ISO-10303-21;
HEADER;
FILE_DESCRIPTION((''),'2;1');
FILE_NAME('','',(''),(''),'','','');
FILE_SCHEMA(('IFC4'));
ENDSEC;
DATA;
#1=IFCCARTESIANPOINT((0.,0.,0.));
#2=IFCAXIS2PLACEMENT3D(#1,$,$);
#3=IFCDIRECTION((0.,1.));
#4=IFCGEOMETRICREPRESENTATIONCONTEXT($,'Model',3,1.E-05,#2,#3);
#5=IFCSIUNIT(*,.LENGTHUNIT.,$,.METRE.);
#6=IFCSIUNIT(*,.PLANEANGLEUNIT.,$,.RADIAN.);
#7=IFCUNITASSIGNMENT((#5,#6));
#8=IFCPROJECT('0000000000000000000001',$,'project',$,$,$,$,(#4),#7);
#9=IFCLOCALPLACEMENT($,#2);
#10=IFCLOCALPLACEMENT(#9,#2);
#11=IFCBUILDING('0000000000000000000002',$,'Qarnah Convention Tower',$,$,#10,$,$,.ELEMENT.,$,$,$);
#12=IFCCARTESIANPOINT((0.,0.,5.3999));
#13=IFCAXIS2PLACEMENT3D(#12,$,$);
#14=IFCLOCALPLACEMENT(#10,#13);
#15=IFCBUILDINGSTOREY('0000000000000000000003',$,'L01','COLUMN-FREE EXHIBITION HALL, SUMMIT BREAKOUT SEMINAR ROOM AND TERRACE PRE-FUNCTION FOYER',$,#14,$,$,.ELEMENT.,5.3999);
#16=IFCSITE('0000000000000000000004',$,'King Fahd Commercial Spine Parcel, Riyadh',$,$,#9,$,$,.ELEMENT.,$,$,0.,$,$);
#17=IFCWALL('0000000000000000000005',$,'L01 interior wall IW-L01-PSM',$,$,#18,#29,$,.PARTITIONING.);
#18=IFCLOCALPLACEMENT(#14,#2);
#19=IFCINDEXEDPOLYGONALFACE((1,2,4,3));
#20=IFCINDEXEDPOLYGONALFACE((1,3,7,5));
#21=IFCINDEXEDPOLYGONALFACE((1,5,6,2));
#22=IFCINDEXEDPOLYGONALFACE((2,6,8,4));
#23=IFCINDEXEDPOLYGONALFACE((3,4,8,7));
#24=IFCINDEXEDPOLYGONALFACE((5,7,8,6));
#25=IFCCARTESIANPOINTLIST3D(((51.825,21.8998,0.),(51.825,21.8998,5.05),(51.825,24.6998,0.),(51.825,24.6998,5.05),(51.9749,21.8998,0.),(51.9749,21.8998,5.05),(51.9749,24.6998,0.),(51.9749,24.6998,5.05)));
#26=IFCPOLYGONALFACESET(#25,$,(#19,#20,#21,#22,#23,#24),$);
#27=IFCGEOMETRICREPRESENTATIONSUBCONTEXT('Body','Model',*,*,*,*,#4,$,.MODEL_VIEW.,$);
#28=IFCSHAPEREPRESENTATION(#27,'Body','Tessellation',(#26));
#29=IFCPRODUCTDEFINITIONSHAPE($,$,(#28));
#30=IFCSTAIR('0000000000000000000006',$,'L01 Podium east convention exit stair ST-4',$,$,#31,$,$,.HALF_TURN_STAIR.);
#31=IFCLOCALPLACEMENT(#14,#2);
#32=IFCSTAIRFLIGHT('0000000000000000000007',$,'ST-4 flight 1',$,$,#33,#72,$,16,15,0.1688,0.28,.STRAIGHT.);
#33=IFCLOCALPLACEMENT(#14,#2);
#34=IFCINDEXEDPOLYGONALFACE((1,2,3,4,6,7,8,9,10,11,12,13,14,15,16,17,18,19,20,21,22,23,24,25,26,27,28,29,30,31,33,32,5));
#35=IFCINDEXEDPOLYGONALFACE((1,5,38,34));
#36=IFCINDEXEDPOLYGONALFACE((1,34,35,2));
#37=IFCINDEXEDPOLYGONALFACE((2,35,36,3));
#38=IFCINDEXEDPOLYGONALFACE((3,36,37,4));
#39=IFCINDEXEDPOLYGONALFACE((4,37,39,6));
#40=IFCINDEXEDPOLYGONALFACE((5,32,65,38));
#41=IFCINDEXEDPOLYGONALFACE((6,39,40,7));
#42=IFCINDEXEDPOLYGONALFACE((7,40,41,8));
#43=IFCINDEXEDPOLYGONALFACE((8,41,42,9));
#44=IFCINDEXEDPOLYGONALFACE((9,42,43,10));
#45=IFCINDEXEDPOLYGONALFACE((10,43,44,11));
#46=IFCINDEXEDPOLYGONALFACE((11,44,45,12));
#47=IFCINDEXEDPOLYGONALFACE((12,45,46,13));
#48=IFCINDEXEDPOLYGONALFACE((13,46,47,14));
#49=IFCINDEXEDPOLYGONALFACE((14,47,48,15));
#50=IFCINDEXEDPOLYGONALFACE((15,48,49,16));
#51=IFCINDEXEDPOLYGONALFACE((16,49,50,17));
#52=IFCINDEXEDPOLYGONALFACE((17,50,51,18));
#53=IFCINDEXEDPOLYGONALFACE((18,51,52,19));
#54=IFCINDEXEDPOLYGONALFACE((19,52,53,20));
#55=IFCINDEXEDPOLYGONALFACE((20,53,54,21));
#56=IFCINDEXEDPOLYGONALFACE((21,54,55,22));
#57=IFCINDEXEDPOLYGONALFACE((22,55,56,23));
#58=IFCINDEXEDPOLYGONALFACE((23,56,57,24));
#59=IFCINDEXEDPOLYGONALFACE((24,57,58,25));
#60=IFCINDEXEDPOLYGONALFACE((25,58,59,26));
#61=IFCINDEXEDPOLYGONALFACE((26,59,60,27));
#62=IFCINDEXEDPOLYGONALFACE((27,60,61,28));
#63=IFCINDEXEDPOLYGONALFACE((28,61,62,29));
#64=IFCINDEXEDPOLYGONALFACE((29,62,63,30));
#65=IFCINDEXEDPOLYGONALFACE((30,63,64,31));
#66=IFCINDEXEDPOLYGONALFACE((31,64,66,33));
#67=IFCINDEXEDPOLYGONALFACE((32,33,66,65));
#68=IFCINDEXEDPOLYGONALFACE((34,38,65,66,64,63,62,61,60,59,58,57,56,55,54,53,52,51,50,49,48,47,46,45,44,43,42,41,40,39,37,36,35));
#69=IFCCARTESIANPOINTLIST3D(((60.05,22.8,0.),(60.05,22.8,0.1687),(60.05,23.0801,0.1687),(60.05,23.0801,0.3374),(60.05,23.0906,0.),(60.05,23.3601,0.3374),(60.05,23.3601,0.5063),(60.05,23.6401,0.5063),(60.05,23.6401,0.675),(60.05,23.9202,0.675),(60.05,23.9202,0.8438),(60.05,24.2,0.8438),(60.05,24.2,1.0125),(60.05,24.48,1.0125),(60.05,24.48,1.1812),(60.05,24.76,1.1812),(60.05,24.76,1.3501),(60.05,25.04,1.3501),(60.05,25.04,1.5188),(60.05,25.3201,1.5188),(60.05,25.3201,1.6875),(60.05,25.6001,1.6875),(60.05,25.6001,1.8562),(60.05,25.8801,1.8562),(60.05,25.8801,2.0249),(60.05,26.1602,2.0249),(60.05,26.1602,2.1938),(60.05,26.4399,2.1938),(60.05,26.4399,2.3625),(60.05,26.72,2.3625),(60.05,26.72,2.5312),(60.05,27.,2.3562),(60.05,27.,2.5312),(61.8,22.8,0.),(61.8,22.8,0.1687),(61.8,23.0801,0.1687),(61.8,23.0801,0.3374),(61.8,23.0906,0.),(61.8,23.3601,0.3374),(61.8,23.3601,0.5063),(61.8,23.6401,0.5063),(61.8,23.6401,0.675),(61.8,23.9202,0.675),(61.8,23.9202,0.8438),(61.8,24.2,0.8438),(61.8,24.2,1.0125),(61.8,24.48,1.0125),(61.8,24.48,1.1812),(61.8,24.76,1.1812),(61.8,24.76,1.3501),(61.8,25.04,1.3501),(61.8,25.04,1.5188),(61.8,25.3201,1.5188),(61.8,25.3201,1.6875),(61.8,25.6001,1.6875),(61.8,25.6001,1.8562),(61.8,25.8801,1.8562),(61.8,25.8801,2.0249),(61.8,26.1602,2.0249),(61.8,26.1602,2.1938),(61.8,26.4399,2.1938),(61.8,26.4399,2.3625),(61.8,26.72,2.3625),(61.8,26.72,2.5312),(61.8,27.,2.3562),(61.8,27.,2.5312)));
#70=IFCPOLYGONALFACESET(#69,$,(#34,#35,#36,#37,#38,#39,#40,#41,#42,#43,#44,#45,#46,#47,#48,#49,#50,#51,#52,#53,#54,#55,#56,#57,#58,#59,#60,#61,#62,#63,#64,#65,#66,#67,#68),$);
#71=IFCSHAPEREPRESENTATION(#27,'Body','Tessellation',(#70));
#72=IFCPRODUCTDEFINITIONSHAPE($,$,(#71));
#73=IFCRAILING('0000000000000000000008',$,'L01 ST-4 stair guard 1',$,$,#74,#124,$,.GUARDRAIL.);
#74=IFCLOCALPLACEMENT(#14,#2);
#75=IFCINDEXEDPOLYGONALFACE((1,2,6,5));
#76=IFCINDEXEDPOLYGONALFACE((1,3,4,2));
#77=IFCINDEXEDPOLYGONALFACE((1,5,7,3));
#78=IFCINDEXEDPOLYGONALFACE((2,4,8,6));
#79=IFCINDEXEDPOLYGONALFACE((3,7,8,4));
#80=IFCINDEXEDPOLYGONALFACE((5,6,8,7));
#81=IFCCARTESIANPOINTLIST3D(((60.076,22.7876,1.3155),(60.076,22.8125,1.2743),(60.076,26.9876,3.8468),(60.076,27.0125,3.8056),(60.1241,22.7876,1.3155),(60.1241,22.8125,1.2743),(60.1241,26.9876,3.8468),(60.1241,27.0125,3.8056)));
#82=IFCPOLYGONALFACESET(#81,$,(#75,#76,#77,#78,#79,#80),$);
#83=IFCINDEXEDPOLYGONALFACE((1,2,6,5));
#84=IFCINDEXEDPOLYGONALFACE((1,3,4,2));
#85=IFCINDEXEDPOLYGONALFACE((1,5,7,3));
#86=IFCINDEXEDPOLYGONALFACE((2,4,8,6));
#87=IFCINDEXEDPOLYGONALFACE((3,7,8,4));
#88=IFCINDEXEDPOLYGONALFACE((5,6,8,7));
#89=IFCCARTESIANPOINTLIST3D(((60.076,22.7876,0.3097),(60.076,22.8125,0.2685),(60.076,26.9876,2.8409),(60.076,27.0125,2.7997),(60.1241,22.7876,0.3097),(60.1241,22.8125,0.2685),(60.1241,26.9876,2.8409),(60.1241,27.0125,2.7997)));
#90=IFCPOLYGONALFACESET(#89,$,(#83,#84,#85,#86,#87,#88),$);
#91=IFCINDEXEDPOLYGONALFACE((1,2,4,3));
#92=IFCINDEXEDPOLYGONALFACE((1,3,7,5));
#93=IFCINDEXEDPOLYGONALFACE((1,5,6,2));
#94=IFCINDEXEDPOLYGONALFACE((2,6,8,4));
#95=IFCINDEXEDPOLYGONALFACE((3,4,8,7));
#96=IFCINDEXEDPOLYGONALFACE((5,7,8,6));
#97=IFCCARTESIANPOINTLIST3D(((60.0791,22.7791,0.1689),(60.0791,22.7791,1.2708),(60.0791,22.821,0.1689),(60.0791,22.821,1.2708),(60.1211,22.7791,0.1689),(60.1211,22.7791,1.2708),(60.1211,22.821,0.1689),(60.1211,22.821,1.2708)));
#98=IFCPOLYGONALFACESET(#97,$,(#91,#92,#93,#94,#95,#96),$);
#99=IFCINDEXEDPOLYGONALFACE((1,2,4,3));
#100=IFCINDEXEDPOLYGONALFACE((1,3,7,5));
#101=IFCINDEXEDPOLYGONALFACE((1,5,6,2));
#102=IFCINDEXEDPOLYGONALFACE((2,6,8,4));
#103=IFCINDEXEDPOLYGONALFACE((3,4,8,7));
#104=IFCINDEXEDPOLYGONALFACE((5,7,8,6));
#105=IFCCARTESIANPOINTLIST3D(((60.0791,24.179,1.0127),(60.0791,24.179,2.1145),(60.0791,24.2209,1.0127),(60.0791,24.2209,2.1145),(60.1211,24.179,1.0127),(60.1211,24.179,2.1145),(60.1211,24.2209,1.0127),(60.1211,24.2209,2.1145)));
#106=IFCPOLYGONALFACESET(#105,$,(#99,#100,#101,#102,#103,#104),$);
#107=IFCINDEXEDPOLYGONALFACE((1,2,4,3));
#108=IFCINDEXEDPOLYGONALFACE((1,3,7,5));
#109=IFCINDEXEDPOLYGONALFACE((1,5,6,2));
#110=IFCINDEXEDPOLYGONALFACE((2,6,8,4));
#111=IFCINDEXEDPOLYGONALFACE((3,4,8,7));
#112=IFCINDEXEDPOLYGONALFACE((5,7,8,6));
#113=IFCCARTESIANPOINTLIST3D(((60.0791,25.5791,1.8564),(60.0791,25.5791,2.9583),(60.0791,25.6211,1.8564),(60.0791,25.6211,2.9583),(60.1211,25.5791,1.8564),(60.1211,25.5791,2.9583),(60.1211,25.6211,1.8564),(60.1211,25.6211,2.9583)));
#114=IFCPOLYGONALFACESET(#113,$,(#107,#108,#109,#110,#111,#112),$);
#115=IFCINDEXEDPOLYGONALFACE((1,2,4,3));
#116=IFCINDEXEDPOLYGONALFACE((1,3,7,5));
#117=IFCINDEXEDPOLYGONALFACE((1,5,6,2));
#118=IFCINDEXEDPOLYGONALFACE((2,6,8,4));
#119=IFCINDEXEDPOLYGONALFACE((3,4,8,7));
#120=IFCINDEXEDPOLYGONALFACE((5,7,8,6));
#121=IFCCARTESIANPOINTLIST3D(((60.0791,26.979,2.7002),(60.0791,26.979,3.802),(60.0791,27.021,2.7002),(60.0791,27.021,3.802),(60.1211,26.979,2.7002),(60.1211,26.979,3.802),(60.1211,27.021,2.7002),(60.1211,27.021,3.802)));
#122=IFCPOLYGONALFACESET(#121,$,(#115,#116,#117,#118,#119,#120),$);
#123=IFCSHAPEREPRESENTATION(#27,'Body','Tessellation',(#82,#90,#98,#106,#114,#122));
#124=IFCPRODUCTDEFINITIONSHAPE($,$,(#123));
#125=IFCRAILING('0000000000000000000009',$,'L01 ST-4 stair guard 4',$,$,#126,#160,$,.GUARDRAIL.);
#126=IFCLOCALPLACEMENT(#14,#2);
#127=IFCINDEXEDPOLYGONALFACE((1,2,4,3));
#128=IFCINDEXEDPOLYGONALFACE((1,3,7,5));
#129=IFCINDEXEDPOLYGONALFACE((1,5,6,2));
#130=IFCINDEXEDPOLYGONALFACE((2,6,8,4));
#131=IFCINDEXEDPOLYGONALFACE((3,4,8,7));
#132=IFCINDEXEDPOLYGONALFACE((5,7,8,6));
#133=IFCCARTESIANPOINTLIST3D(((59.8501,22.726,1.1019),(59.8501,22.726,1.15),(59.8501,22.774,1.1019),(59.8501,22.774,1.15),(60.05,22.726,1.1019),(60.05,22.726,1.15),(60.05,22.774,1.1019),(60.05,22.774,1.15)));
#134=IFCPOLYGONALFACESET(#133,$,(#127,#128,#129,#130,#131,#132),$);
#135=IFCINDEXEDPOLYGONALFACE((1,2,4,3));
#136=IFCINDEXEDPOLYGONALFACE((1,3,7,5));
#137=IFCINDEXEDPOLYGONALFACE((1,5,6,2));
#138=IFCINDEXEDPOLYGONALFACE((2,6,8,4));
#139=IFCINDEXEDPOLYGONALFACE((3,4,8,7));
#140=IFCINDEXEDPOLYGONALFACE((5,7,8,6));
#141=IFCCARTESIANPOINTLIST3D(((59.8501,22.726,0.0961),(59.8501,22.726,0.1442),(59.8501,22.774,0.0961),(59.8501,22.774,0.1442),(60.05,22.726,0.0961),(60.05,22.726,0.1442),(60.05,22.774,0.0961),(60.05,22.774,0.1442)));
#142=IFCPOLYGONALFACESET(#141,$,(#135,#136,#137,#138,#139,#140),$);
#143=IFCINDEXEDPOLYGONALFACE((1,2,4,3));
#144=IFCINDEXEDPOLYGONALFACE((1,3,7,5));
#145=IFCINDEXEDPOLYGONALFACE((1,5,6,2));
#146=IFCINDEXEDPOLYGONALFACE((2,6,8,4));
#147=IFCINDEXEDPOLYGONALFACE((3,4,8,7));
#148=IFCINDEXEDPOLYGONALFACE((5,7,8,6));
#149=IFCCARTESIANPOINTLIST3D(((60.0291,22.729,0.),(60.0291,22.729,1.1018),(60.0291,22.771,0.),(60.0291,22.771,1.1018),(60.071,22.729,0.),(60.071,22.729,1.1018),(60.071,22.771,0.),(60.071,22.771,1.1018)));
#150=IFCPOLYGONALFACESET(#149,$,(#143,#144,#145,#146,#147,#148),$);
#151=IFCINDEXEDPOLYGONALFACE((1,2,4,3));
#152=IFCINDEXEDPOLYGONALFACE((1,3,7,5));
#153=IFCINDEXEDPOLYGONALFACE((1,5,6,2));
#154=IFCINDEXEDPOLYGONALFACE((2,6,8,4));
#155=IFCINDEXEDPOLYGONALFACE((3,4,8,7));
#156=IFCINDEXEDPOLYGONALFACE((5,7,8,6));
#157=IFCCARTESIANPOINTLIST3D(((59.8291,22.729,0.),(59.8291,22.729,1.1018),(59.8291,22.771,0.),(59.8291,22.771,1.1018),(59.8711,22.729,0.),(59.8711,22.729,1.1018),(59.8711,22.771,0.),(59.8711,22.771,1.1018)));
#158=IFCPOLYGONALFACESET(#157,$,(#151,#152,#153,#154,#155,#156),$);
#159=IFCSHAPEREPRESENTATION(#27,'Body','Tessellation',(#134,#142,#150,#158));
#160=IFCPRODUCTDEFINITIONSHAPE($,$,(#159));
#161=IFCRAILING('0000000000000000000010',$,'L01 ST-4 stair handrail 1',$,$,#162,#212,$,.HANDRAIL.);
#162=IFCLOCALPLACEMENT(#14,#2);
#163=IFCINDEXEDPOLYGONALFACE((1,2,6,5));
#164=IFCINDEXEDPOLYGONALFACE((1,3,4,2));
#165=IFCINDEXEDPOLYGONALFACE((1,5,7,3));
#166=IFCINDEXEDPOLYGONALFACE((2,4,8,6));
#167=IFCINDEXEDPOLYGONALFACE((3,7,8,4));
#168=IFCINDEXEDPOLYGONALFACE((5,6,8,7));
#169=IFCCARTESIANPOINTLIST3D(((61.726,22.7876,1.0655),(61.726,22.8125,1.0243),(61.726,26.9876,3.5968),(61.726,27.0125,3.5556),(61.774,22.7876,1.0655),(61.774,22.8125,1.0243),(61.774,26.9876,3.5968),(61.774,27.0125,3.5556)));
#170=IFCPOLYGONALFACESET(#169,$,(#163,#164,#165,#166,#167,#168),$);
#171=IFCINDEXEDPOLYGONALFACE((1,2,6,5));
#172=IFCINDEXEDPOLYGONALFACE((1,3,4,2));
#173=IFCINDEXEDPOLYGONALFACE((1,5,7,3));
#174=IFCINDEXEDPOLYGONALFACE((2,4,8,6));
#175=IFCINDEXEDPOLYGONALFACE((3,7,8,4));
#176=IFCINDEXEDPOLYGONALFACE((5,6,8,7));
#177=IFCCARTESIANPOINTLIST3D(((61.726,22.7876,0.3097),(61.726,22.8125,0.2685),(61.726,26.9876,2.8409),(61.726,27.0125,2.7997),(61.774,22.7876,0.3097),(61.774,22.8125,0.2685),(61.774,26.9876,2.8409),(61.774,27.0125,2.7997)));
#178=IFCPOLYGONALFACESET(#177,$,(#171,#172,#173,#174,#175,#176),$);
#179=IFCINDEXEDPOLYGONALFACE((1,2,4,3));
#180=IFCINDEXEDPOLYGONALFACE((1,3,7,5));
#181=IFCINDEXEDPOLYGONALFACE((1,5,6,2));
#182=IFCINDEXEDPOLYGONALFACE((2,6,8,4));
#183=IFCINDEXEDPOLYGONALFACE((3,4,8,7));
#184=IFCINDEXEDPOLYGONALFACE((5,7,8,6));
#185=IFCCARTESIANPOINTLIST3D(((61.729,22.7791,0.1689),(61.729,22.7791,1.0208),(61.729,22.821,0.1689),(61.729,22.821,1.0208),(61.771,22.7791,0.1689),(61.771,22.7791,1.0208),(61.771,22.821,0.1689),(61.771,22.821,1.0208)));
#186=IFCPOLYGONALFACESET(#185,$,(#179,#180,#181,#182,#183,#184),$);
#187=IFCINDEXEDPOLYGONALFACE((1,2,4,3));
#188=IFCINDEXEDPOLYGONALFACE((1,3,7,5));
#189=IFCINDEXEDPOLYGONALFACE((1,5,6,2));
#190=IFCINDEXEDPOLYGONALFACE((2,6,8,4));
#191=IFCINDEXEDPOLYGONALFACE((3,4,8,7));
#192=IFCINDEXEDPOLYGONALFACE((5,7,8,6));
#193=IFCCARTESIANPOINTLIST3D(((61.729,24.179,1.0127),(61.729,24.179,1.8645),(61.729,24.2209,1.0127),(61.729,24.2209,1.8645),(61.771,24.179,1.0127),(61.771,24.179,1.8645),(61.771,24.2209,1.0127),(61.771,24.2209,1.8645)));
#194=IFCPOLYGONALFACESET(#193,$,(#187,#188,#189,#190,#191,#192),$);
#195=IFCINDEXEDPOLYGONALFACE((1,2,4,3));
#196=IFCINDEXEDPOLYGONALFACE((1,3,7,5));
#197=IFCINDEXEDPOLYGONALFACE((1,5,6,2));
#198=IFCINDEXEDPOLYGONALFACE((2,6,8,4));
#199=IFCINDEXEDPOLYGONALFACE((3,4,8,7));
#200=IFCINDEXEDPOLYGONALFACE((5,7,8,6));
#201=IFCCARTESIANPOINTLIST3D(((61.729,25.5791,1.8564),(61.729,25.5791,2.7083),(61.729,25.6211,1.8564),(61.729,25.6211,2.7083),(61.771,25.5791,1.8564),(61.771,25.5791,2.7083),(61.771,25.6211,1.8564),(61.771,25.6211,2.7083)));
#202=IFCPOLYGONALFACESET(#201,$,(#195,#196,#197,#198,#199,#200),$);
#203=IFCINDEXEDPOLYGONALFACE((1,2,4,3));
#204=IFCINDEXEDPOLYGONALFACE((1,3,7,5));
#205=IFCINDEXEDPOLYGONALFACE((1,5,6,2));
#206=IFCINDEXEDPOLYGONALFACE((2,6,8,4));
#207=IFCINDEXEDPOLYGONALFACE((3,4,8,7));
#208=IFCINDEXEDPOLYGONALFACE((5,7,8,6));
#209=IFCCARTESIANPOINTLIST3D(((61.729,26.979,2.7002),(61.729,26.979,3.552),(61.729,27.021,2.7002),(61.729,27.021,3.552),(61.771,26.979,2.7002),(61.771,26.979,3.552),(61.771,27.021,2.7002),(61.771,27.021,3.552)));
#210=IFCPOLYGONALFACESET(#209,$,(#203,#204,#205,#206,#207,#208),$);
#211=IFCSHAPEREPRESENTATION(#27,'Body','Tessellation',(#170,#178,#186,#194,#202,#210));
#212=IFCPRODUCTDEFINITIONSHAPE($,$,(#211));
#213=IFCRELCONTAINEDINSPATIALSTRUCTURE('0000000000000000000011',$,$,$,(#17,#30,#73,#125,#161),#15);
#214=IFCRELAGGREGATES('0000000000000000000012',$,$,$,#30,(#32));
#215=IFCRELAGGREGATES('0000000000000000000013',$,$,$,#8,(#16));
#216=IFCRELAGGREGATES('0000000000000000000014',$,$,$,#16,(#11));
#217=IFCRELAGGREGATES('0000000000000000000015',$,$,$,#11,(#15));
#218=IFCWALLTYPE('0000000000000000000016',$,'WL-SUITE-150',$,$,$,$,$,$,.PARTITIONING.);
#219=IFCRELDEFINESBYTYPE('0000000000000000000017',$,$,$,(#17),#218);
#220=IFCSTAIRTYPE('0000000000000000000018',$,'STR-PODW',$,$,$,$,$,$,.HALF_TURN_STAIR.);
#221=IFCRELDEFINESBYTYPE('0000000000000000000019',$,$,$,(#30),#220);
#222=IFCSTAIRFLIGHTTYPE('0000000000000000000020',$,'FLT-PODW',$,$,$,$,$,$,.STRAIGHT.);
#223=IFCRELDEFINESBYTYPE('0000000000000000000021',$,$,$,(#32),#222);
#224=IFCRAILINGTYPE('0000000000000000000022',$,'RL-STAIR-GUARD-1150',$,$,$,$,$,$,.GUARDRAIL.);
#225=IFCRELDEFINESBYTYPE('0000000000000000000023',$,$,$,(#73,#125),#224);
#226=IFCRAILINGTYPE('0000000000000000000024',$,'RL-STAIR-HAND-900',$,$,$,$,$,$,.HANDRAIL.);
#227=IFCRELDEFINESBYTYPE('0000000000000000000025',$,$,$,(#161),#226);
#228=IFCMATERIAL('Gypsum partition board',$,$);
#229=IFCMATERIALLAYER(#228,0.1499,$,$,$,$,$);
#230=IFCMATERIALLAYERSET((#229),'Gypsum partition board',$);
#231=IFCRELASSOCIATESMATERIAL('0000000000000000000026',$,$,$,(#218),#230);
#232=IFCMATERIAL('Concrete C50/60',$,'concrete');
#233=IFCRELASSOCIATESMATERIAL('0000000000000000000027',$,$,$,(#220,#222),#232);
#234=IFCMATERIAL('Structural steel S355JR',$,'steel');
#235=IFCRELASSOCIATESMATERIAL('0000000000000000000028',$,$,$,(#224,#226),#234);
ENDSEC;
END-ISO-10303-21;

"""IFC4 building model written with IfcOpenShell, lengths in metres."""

from ifc_helpers import new_model, si_unit, direction, frame, frame_2d, origin, origin_2d, place, context, subcontext, project, spatial, polyline, rectangle, outline, extrude, material, layer, layer_set, type_object, element, aggregate, save


model = new_model("IFC4")

# Units and contexts
model_context = context("Model", 3, precision=1e-05, world=origin(), true_north=direction((0.0, 1.0)))
body_context = subcontext(model_context, "Body", "Model", "MODEL_VIEW")
ifc_project = project(units=[si_unit("LENGTHUNIT", "METRE"), si_unit("PLANEANGLEUNIT", "RADIAN")], contexts=[model_context])

# Site, building, storey
site_placement = place(None, origin())
site = spatial("IfcSite", under=ifc_project, at=site_placement, Name="King Fahd Commercial Spine Parcel, Riyadh", CompositionType="ELEMENT", RefElevation=0.0)
building_placement = place(site_placement, origin())
building = spatial("IfcBuilding", under=site, at=building_placement, Name="Qarnah Convention Tower", CompositionType="ELEMENT")
storey_placement = place(building_placement, frame((0.0, 0.0, 5.3999)))
storey = spatial("IfcBuildingStorey", under=building, at=storey_placement, Name="L01", Description="COLUMN-FREE EXHIBITION HALL, SUMMIT BREAKOUT SEMINAR ROOM AND TERRACE PRE-FUNCTION FOYER", CompositionType="ELEMENT", Elevation=5.3999)

# Shared definitions
ifc_material_1 = material(Name="Structural steel S355JR", Category="steel")

# Shared definitions
ifc_material_2 = material(Name="Gypsum partition board")

# Wall
ifc_layer_1 = layer(ifc_material_2, 0.1499)
ifc_layer_set_1 = layer_set([ifc_layer_1], Name="Gypsum partition board")
wall_type_1 = type_object("IfcWallType", Name="WL-SUITE-150", PredefinedType="PARTITIONING", material=ifc_layer_set_1)
wall_1_placement = place(storey_placement, frame((51.8999, 21.8999, 0.0), z_axis=(0.0, 0.0, 1.0), x_axis=(0.0, 1.0, 0.0)))
element("IfcWall", 1, at=wall_1_placement, inside=storey, type_object=wall_type_1, Name="L01 interior wall IW-L01-PSM", PredefinedType="PARTITIONING", context=body_context, shape_type="SweptSolid", body=[
    extrude(rectangle(XDim=2.8, YDim=0.1499, at=frame_2d((1.3999, 0.0))), origin(), (0.0, 0.0, 1.0), 5.05),
])

# Stair, stair flight
ifc_material_3 = material(Name="Concrete C50/60", Category="concrete")
stair_type = type_object("IfcStairType", Name="STR-PODW", PredefinedType="HALF_TURN_STAIR", material=ifc_material_3)
stair_placement = place(storey_placement, origin())
stair = element("IfcStair", 2, at=stair_placement, inside=storey, type_object=stair_type, Name="L01 Podium east convention exit stair ST-4", PredefinedType="HALF_TURN_STAIR")
stair_flight_type = type_object("IfcStairFlightType", Name="FLT-PODW", PredefinedType="STRAIGHT", material=ifc_material_3)
stair_flight_placement = place(storey_placement, frame((60.925, 22.8, 0.0), z_axis=(0.0, 0.0, 1.0), x_axis=(0.0, 1.0, 0.0)))
stair_flight = element("IfcStairFlight", 3, at=stair_flight_placement, type_object=stair_flight_type, Name="ST-4 flight 1", NumberOfRisers=16, NumberOfTreads=15, PredefinedType="STRAIGHT", RiserHeight=0.1688, TreadLength=0.28, context=body_context, shape_type="SweptSolid", body=[
    extrude(outline(polyline([(0.0, 0.0), (0.0, 0.1687), (0.28, 0.1687), (0.28, 0.3374), (0.5601, 0.3374), (0.5601, 0.5063), (0.8401, 0.5063), (0.8401, 0.675), (1.1201, 0.675), (1.1201, 0.8438), (1.3999, 0.8438), (1.3999, 1.0125), (1.6799, 1.0125), (1.6799, 1.1812), (1.96, 1.1812), (1.96, 1.3501), (2.24, 1.3501), (2.24, 1.5188), (2.52, 1.5188), (2.52, 1.6875), (2.8, 1.6875), (2.8, 1.8562), (3.0801, 1.8562), (3.0801, 2.0249), (3.3601, 2.0249), (3.3601, 2.1938), (3.6399, 2.1938), (3.6399, 2.3625), (3.9199, 2.3625), (3.9199, 2.5312), (4.2, 2.5312), (4.2, 2.7), (4.2, 2.3562), (0.2905, 0.0), (0.0, 0.0)])), frame((0.0, 0.875, 0.0), z_axis=(0.0, -1.0, 0.0), x_axis=(1.0, 0.0, 0.0)), (0.0, 0.0, 1.0), 1.75),
])
aggregate(stair, [stair_flight])

# Railings
railing_type_1 = type_object("IfcRailingType", Name="RL-STAIR-GUARD-1150", PredefinedType="GUARDRAIL", material=ifc_material_1)
railing_1_placement = place(storey_placement, frame((60.1001, 22.8, 0.1689)))
element("IfcRailing", 4, at=railing_1_placement, inside=storey, type_object=railing_type_1, Name="L01 ST-4 stair guard 1", PredefinedType="GUARDRAIL", context=body_context, shape_type="SweptSolid", body=[
    extrude(rectangle(XDim=0.0481, YDim=0.0481, at=origin_2d()), frame((0.0, 0.0, 1.126), z_axis=(0.0, 0.856476, 0.516186), x_axis=(-1.0, 0.0, 0.0)), (0.0, 0.0, 1.0), 4.9038),
    extrude(rectangle(XDim=0.0481, YDim=0.0481, at=origin_2d()), frame((0.0, 0.0, 0.1201), z_axis=(0.0, 0.856476, 0.516186), x_axis=(-1.0, 0.0, 0.0)), (0.0, 0.0, 1.0), 4.9038),
    extrude(rectangle(XDim=0.042, YDim=0.042, at=origin_2d()), origin(), (0.0, 0.0, 1.0), 1.1018),
    extrude(rectangle(XDim=0.042, YDim=0.042, at=origin_2d()), frame((0.0, 1.3999, 0.8438)), (0.0, 0.0, 1.0), 1.1018),
    extrude(rectangle(XDim=0.042, YDim=0.042, at=origin_2d()), frame((0.0, 2.8, 1.6875)), (0.0, 0.0, 1.0), 1.1018),
    extrude(rectangle(XDim=0.042, YDim=0.042, at=origin_2d()), frame((0.0, 4.2, 2.5312)), (0.0, 0.0, 1.0), 1.1018),
])
railing_2_placement = place(storey_placement, frame((60.05, 22.75, 0.0)))
element("IfcRailing", 5, at=railing_2_placement, inside=storey, type_object=railing_type_1, Name="L01 ST-4 stair guard 4", PredefinedType="GUARDRAIL", context=body_context, shape_type="SweptSolid", body=[
    extrude(rectangle(XDim=0.0481, YDim=0.0481, at=origin_2d()), frame((0.0, 0.0, 1.126), z_axis=(-1.0, 0.0, 0.0), x_axis=(0.0, -1.0, 0.0)), (0.0, 0.0, 1.0), 0.2),
    extrude(rectangle(XDim=0.0481, YDim=0.0481, at=origin_2d()), frame((0.0, 0.0, 0.1201), z_axis=(-1.0, 0.0, 0.0), x_axis=(0.0, -1.0, 0.0)), (0.0, 0.0, 1.0), 0.2),
    extrude(rectangle(XDim=0.042, YDim=0.042, at=origin_2d()), origin(), (0.0, 0.0, 1.0), 1.1018),
    extrude(rectangle(XDim=0.042, YDim=0.042, at=origin_2d()), frame((-0.2, 0.0, 0.0)), (0.0, 0.0, 1.0), 1.1018),
])
railing_type_2 = type_object("IfcRailingType", Name="RL-STAIR-HAND-900", PredefinedType="HANDRAIL", material=ifc_material_1)
railing_3_placement = place(storey_placement, frame((61.75, 22.8, 0.1689)))
element("IfcRailing", 6, at=railing_3_placement, inside=storey, type_object=railing_type_2, Name="L01 ST-4 stair handrail 1", PredefinedType="HANDRAIL", context=body_context, shape_type="SweptSolid", body=[
    extrude(rectangle(XDim=0.0481, YDim=0.0481, at=origin_2d()), frame((0.0, 0.0, 0.876), z_axis=(0.0, 0.856476, 0.516186), x_axis=(-1.0, 0.0, 0.0)), (0.0, 0.0, 1.0), 4.9038),
    extrude(rectangle(XDim=0.0481, YDim=0.0481, at=origin_2d()), frame((0.0, 0.0, 0.1201), z_axis=(0.0, 0.856476, 0.516186), x_axis=(-1.0, 0.0, 0.0)), (0.0, 0.0, 1.0), 4.9038),
    extrude(rectangle(XDim=0.042, YDim=0.042, at=origin_2d()), origin(), (0.0, 0.0, 1.0), 0.8518),
    extrude(rectangle(XDim=0.042, YDim=0.042, at=origin_2d()), frame((0.0, 1.3999, 0.8438)), (0.0, 0.0, 1.0), 0.8518),
    extrude(rectangle(XDim=0.042, YDim=0.042, at=origin_2d()), frame((0.0, 2.8, 1.6875)), (0.0, 0.0, 1.0), 0.8518),
    extrude(rectangle(XDim=0.042, YDim=0.042, at=origin_2d()), frame((0.0, 4.2, 2.5312)), (0.0, 0.0, 1.0), 0.8518),
])

save(model, "model.ifc")
